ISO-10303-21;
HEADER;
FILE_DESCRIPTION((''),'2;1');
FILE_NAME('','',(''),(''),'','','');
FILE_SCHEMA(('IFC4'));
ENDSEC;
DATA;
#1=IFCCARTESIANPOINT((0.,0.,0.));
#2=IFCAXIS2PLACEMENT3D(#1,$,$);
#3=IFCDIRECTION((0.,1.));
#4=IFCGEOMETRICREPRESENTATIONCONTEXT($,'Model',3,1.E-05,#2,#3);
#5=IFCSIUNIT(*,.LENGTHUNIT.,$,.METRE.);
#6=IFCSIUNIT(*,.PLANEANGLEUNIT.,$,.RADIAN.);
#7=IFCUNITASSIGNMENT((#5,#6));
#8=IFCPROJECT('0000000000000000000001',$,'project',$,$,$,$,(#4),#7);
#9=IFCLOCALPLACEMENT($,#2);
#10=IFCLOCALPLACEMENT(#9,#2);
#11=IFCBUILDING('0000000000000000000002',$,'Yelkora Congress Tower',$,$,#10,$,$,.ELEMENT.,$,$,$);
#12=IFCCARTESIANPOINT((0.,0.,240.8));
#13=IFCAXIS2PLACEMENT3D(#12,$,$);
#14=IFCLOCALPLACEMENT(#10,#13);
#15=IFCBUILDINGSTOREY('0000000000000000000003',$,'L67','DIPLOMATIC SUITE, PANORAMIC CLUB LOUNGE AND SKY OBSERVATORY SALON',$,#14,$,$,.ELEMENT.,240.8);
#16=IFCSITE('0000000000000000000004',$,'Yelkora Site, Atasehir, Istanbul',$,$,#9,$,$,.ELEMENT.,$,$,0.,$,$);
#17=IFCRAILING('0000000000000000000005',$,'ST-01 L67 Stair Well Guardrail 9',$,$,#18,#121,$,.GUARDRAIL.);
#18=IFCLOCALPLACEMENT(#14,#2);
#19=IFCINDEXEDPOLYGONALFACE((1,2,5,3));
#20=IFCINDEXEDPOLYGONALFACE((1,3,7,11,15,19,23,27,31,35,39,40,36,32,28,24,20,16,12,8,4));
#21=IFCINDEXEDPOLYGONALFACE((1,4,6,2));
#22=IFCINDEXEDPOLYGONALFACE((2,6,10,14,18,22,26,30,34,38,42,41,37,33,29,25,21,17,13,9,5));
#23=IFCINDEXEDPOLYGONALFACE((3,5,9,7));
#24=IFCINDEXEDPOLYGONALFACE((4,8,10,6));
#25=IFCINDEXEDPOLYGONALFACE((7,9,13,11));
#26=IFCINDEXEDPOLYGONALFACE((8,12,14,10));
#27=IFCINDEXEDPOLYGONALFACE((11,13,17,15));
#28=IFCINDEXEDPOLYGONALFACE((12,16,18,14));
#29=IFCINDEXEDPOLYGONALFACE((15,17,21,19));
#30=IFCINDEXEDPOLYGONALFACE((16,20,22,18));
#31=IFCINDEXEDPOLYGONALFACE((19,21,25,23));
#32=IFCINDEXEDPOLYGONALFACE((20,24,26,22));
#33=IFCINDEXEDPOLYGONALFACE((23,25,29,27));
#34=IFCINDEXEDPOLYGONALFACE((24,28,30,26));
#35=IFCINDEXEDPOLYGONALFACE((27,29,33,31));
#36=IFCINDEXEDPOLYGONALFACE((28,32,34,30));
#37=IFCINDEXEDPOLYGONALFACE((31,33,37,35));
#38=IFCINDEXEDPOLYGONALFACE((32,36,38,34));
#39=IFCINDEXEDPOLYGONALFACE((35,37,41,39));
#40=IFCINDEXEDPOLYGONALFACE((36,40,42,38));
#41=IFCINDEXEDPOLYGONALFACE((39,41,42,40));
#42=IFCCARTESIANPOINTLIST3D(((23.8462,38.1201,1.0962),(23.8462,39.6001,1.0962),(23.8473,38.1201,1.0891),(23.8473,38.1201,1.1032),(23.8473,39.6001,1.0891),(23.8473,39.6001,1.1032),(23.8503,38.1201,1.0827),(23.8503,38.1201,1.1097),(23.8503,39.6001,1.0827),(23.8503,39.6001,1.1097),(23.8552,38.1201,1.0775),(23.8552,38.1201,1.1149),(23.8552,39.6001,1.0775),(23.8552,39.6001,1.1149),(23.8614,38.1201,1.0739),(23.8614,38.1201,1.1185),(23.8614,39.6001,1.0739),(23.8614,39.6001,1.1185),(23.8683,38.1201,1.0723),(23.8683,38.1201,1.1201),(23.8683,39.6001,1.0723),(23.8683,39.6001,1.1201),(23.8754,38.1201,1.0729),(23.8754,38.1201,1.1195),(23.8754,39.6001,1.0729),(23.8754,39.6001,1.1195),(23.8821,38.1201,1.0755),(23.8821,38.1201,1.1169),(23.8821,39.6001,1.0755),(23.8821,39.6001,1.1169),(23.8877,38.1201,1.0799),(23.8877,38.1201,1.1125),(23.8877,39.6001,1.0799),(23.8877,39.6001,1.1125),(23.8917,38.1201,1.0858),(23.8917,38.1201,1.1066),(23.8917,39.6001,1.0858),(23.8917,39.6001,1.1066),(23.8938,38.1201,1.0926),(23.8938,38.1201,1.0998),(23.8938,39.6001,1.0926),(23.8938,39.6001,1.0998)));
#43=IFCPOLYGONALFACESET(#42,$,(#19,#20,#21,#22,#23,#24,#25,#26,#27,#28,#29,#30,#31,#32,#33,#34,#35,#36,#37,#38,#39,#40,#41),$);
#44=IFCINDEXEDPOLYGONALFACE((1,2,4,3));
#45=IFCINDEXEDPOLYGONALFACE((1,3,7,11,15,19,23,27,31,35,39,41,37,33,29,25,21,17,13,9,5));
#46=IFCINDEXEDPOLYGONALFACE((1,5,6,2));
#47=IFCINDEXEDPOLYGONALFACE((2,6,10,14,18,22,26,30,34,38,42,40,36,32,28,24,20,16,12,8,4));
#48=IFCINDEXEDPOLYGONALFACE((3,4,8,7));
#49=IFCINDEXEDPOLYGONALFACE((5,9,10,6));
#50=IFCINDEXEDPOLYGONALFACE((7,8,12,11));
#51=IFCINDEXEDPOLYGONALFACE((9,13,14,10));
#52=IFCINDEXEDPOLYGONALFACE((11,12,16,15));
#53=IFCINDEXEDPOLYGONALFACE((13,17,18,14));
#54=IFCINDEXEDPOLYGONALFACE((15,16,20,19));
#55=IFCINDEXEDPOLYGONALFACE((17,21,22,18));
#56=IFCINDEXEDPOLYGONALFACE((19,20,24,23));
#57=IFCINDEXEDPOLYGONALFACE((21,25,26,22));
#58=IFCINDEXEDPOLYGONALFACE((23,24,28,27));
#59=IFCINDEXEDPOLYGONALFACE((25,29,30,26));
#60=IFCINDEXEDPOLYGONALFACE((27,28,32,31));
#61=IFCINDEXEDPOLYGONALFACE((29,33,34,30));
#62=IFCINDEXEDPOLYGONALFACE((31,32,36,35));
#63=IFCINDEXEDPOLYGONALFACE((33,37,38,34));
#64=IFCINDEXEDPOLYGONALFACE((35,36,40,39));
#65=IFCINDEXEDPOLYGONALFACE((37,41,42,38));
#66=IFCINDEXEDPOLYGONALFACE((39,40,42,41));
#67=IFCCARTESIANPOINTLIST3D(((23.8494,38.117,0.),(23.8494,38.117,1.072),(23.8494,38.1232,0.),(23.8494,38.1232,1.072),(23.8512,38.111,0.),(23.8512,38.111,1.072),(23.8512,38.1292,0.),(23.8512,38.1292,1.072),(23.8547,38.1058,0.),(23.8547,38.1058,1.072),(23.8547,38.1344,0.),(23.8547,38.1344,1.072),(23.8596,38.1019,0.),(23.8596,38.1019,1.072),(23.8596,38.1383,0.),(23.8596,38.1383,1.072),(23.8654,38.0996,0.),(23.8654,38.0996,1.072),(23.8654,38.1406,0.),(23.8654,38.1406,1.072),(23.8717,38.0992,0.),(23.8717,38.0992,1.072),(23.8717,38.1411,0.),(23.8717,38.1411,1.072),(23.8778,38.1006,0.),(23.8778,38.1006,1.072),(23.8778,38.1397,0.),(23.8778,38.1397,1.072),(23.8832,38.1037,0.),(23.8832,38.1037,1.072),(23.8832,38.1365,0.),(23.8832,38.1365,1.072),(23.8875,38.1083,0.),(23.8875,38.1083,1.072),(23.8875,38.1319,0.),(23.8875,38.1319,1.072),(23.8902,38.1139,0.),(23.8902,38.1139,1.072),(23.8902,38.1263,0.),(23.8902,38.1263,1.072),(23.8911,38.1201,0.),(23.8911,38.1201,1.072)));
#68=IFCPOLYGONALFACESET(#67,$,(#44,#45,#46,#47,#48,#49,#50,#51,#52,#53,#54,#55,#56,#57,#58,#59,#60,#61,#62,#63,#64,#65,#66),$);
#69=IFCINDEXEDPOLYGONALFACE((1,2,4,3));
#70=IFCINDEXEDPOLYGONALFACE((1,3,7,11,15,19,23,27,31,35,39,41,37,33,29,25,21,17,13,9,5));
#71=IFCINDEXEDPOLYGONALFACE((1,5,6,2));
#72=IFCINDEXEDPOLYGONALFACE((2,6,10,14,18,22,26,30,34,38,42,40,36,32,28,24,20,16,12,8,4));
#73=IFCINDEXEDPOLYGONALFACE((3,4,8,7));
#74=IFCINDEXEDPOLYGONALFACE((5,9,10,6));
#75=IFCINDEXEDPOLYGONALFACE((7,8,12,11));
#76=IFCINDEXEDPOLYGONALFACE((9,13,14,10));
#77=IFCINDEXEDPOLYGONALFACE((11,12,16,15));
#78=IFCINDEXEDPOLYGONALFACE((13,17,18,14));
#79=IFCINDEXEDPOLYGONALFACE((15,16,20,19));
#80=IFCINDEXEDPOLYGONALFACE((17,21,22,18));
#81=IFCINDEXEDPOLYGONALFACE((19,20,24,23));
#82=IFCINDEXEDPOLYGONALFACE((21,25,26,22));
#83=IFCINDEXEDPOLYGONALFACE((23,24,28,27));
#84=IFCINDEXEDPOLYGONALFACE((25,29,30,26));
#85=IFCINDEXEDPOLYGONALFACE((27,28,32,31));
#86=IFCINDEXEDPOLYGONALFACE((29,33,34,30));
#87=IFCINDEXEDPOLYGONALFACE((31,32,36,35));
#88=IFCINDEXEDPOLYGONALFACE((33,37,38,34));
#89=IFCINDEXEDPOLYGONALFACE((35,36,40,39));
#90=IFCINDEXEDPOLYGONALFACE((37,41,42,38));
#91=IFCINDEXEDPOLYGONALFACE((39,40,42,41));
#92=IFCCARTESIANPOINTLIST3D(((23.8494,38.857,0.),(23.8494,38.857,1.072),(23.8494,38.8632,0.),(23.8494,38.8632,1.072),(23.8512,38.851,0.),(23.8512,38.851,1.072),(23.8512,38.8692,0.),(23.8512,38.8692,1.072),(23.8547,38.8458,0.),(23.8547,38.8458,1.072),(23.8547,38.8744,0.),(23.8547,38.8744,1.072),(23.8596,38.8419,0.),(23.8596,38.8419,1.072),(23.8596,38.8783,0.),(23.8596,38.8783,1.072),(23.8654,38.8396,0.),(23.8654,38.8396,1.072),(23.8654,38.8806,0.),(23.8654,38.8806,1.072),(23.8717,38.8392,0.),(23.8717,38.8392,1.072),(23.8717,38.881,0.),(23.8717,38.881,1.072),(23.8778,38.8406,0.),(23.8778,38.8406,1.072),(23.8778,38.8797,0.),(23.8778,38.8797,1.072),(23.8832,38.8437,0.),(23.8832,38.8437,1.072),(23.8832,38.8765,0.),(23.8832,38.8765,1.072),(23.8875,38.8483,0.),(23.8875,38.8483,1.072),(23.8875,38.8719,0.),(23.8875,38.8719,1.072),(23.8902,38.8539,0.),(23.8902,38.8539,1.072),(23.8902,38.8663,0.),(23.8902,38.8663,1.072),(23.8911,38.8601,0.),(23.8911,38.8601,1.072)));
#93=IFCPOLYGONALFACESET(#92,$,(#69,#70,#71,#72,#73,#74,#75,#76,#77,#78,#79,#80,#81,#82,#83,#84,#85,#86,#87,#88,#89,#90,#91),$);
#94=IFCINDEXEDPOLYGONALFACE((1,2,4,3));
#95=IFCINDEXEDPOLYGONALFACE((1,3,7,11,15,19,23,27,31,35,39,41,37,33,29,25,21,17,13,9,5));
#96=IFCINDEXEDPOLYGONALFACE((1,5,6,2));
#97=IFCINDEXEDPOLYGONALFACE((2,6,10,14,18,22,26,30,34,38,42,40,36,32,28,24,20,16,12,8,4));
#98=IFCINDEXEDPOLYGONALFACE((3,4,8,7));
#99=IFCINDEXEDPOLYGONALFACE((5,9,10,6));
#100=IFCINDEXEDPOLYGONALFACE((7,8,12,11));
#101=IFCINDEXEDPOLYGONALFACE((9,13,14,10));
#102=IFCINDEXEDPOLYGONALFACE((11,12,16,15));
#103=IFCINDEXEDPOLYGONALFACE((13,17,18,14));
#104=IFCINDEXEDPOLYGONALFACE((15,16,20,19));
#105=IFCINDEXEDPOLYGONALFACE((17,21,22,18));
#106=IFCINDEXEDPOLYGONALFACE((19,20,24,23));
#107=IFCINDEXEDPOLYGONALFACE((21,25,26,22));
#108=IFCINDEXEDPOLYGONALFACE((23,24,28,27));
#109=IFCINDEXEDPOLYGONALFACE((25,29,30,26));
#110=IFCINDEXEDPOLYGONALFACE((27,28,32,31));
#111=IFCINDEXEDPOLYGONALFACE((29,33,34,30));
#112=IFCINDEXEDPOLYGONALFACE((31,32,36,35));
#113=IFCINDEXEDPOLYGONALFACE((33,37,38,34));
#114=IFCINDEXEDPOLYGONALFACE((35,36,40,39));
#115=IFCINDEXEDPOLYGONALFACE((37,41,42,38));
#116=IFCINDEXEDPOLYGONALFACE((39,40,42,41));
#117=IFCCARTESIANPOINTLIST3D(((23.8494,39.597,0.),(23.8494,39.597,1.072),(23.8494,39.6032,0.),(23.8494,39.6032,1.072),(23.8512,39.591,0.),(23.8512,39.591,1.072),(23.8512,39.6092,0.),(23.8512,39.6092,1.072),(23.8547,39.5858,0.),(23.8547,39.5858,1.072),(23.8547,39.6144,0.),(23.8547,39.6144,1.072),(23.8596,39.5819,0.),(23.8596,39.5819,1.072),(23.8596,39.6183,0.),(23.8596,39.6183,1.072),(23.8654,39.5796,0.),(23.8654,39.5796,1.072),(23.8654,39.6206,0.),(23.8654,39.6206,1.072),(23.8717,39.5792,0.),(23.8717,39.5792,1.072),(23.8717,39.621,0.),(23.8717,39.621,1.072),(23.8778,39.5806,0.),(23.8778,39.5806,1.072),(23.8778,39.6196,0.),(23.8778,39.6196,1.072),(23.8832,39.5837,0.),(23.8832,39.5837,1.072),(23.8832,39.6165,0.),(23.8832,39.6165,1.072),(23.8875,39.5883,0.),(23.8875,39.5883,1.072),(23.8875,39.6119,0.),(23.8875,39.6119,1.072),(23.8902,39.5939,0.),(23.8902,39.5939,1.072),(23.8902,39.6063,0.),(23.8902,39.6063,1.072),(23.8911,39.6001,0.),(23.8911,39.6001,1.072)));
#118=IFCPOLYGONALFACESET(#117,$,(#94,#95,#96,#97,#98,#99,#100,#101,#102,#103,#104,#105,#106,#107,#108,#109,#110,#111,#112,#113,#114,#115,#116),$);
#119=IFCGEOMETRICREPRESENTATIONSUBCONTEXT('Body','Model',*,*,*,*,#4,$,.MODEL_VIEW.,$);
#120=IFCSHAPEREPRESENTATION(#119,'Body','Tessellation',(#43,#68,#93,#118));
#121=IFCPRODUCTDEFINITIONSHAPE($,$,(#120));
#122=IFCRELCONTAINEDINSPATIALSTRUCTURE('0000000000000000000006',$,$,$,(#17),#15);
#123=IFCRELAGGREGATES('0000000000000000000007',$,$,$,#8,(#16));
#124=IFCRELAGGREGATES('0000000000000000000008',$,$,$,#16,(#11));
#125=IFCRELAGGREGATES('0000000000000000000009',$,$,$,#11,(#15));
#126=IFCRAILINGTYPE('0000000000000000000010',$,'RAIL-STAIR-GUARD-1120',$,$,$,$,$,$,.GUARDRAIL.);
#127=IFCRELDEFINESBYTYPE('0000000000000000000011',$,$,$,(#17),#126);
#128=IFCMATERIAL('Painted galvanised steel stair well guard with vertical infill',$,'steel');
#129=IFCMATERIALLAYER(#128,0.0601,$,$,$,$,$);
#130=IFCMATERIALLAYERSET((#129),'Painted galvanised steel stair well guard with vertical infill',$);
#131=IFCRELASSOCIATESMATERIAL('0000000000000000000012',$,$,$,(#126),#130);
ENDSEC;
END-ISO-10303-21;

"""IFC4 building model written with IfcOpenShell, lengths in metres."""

from ifc_helpers import new_model, si_unit, direction, frame, origin, origin_2d, place, context, subcontext, project, spatial, circle, extrude, material, layer, layer_set, type_object, element, save


model = new_model("IFC4")

# Units and contexts
model_context = context("Model", 3, precision=1e-05, world=origin(), true_north=direction((0.0, 1.0)))
body_context = subcontext(model_context, "Body", "Model", "MODEL_VIEW")
ifc_project = project(units=[si_unit("LENGTHUNIT", "METRE"), si_unit("PLANEANGLEUNIT", "RADIAN")], contexts=[model_context])

# Site, building, storey
site_placement = place(None, origin())
site = spatial("IfcSite", under=ifc_project, at=site_placement, Name="Yelkora Site, Atasehir, Istanbul", CompositionType="ELEMENT", RefElevation=0.0)
building_placement = place(site_placement, origin())
building = spatial("IfcBuilding", under=site, at=building_placement, Name="Yelkora Congress Tower", CompositionType="ELEMENT")
storey_placement = place(building_placement, frame((0.0, 0.0, 240.8)))
storey = spatial("IfcBuildingStorey", under=building, at=storey_placement, Name="L67", Description="DIPLOMATIC SUITE, PANORAMIC CLUB LOUNGE AND SKY OBSERVATORY SALON", CompositionType="ELEMENT", Elevation=240.8)

# Railing
ifc_material_1 = material(Name="Painted galvanised steel stair well guard with vertical infill", Category="steel")
ifc_layer_1 = layer(ifc_material_1, 0.0601)
ifc_layer_set_1 = layer_set([ifc_layer_1], Name="Painted galvanised steel stair well guard with vertical infill")
railing_type_1 = type_object("IfcRailingType", Name="RAIL-STAIR-GUARD-1120", PredefinedType="GUARDRAIL", material=ifc_layer_set_1)
railing_1_placement = place(storey_placement, frame((23.8701, 38.1201, 0.0)))
element("IfcRailing", 1, at=railing_1_placement, inside=storey, type_object=railing_type_1, Name="ST-01 L67 Stair Well Guardrail 9", PredefinedType="GUARDRAIL", context=body_context, shape_type="SweptSolid", body=[
    extrude(circle(Radius=0.0239, at=origin_2d()), frame((0.0, 0.0, 1.0962), z_axis=(0.0, 1.0, 0.0), x_axis=(-1.0, 0.0, 0.0)), (0.0, 0.0, 1.0), 1.48),
    extrude(circle(Radius=0.021, at=origin_2d()), origin(), (0.0, 0.0, 1.0), 1.072),
    extrude(circle(Radius=0.021, at=origin_2d()), frame((0.0, 0.74, 0.0)), (0.0, 0.0, 1.0), 1.072),
    extrude(circle(Radius=0.021, at=origin_2d()), frame((0.0, 1.48, 0.0)), (0.0, 0.0, 1.0), 1.072),
])

save(model, "model.ifc")
